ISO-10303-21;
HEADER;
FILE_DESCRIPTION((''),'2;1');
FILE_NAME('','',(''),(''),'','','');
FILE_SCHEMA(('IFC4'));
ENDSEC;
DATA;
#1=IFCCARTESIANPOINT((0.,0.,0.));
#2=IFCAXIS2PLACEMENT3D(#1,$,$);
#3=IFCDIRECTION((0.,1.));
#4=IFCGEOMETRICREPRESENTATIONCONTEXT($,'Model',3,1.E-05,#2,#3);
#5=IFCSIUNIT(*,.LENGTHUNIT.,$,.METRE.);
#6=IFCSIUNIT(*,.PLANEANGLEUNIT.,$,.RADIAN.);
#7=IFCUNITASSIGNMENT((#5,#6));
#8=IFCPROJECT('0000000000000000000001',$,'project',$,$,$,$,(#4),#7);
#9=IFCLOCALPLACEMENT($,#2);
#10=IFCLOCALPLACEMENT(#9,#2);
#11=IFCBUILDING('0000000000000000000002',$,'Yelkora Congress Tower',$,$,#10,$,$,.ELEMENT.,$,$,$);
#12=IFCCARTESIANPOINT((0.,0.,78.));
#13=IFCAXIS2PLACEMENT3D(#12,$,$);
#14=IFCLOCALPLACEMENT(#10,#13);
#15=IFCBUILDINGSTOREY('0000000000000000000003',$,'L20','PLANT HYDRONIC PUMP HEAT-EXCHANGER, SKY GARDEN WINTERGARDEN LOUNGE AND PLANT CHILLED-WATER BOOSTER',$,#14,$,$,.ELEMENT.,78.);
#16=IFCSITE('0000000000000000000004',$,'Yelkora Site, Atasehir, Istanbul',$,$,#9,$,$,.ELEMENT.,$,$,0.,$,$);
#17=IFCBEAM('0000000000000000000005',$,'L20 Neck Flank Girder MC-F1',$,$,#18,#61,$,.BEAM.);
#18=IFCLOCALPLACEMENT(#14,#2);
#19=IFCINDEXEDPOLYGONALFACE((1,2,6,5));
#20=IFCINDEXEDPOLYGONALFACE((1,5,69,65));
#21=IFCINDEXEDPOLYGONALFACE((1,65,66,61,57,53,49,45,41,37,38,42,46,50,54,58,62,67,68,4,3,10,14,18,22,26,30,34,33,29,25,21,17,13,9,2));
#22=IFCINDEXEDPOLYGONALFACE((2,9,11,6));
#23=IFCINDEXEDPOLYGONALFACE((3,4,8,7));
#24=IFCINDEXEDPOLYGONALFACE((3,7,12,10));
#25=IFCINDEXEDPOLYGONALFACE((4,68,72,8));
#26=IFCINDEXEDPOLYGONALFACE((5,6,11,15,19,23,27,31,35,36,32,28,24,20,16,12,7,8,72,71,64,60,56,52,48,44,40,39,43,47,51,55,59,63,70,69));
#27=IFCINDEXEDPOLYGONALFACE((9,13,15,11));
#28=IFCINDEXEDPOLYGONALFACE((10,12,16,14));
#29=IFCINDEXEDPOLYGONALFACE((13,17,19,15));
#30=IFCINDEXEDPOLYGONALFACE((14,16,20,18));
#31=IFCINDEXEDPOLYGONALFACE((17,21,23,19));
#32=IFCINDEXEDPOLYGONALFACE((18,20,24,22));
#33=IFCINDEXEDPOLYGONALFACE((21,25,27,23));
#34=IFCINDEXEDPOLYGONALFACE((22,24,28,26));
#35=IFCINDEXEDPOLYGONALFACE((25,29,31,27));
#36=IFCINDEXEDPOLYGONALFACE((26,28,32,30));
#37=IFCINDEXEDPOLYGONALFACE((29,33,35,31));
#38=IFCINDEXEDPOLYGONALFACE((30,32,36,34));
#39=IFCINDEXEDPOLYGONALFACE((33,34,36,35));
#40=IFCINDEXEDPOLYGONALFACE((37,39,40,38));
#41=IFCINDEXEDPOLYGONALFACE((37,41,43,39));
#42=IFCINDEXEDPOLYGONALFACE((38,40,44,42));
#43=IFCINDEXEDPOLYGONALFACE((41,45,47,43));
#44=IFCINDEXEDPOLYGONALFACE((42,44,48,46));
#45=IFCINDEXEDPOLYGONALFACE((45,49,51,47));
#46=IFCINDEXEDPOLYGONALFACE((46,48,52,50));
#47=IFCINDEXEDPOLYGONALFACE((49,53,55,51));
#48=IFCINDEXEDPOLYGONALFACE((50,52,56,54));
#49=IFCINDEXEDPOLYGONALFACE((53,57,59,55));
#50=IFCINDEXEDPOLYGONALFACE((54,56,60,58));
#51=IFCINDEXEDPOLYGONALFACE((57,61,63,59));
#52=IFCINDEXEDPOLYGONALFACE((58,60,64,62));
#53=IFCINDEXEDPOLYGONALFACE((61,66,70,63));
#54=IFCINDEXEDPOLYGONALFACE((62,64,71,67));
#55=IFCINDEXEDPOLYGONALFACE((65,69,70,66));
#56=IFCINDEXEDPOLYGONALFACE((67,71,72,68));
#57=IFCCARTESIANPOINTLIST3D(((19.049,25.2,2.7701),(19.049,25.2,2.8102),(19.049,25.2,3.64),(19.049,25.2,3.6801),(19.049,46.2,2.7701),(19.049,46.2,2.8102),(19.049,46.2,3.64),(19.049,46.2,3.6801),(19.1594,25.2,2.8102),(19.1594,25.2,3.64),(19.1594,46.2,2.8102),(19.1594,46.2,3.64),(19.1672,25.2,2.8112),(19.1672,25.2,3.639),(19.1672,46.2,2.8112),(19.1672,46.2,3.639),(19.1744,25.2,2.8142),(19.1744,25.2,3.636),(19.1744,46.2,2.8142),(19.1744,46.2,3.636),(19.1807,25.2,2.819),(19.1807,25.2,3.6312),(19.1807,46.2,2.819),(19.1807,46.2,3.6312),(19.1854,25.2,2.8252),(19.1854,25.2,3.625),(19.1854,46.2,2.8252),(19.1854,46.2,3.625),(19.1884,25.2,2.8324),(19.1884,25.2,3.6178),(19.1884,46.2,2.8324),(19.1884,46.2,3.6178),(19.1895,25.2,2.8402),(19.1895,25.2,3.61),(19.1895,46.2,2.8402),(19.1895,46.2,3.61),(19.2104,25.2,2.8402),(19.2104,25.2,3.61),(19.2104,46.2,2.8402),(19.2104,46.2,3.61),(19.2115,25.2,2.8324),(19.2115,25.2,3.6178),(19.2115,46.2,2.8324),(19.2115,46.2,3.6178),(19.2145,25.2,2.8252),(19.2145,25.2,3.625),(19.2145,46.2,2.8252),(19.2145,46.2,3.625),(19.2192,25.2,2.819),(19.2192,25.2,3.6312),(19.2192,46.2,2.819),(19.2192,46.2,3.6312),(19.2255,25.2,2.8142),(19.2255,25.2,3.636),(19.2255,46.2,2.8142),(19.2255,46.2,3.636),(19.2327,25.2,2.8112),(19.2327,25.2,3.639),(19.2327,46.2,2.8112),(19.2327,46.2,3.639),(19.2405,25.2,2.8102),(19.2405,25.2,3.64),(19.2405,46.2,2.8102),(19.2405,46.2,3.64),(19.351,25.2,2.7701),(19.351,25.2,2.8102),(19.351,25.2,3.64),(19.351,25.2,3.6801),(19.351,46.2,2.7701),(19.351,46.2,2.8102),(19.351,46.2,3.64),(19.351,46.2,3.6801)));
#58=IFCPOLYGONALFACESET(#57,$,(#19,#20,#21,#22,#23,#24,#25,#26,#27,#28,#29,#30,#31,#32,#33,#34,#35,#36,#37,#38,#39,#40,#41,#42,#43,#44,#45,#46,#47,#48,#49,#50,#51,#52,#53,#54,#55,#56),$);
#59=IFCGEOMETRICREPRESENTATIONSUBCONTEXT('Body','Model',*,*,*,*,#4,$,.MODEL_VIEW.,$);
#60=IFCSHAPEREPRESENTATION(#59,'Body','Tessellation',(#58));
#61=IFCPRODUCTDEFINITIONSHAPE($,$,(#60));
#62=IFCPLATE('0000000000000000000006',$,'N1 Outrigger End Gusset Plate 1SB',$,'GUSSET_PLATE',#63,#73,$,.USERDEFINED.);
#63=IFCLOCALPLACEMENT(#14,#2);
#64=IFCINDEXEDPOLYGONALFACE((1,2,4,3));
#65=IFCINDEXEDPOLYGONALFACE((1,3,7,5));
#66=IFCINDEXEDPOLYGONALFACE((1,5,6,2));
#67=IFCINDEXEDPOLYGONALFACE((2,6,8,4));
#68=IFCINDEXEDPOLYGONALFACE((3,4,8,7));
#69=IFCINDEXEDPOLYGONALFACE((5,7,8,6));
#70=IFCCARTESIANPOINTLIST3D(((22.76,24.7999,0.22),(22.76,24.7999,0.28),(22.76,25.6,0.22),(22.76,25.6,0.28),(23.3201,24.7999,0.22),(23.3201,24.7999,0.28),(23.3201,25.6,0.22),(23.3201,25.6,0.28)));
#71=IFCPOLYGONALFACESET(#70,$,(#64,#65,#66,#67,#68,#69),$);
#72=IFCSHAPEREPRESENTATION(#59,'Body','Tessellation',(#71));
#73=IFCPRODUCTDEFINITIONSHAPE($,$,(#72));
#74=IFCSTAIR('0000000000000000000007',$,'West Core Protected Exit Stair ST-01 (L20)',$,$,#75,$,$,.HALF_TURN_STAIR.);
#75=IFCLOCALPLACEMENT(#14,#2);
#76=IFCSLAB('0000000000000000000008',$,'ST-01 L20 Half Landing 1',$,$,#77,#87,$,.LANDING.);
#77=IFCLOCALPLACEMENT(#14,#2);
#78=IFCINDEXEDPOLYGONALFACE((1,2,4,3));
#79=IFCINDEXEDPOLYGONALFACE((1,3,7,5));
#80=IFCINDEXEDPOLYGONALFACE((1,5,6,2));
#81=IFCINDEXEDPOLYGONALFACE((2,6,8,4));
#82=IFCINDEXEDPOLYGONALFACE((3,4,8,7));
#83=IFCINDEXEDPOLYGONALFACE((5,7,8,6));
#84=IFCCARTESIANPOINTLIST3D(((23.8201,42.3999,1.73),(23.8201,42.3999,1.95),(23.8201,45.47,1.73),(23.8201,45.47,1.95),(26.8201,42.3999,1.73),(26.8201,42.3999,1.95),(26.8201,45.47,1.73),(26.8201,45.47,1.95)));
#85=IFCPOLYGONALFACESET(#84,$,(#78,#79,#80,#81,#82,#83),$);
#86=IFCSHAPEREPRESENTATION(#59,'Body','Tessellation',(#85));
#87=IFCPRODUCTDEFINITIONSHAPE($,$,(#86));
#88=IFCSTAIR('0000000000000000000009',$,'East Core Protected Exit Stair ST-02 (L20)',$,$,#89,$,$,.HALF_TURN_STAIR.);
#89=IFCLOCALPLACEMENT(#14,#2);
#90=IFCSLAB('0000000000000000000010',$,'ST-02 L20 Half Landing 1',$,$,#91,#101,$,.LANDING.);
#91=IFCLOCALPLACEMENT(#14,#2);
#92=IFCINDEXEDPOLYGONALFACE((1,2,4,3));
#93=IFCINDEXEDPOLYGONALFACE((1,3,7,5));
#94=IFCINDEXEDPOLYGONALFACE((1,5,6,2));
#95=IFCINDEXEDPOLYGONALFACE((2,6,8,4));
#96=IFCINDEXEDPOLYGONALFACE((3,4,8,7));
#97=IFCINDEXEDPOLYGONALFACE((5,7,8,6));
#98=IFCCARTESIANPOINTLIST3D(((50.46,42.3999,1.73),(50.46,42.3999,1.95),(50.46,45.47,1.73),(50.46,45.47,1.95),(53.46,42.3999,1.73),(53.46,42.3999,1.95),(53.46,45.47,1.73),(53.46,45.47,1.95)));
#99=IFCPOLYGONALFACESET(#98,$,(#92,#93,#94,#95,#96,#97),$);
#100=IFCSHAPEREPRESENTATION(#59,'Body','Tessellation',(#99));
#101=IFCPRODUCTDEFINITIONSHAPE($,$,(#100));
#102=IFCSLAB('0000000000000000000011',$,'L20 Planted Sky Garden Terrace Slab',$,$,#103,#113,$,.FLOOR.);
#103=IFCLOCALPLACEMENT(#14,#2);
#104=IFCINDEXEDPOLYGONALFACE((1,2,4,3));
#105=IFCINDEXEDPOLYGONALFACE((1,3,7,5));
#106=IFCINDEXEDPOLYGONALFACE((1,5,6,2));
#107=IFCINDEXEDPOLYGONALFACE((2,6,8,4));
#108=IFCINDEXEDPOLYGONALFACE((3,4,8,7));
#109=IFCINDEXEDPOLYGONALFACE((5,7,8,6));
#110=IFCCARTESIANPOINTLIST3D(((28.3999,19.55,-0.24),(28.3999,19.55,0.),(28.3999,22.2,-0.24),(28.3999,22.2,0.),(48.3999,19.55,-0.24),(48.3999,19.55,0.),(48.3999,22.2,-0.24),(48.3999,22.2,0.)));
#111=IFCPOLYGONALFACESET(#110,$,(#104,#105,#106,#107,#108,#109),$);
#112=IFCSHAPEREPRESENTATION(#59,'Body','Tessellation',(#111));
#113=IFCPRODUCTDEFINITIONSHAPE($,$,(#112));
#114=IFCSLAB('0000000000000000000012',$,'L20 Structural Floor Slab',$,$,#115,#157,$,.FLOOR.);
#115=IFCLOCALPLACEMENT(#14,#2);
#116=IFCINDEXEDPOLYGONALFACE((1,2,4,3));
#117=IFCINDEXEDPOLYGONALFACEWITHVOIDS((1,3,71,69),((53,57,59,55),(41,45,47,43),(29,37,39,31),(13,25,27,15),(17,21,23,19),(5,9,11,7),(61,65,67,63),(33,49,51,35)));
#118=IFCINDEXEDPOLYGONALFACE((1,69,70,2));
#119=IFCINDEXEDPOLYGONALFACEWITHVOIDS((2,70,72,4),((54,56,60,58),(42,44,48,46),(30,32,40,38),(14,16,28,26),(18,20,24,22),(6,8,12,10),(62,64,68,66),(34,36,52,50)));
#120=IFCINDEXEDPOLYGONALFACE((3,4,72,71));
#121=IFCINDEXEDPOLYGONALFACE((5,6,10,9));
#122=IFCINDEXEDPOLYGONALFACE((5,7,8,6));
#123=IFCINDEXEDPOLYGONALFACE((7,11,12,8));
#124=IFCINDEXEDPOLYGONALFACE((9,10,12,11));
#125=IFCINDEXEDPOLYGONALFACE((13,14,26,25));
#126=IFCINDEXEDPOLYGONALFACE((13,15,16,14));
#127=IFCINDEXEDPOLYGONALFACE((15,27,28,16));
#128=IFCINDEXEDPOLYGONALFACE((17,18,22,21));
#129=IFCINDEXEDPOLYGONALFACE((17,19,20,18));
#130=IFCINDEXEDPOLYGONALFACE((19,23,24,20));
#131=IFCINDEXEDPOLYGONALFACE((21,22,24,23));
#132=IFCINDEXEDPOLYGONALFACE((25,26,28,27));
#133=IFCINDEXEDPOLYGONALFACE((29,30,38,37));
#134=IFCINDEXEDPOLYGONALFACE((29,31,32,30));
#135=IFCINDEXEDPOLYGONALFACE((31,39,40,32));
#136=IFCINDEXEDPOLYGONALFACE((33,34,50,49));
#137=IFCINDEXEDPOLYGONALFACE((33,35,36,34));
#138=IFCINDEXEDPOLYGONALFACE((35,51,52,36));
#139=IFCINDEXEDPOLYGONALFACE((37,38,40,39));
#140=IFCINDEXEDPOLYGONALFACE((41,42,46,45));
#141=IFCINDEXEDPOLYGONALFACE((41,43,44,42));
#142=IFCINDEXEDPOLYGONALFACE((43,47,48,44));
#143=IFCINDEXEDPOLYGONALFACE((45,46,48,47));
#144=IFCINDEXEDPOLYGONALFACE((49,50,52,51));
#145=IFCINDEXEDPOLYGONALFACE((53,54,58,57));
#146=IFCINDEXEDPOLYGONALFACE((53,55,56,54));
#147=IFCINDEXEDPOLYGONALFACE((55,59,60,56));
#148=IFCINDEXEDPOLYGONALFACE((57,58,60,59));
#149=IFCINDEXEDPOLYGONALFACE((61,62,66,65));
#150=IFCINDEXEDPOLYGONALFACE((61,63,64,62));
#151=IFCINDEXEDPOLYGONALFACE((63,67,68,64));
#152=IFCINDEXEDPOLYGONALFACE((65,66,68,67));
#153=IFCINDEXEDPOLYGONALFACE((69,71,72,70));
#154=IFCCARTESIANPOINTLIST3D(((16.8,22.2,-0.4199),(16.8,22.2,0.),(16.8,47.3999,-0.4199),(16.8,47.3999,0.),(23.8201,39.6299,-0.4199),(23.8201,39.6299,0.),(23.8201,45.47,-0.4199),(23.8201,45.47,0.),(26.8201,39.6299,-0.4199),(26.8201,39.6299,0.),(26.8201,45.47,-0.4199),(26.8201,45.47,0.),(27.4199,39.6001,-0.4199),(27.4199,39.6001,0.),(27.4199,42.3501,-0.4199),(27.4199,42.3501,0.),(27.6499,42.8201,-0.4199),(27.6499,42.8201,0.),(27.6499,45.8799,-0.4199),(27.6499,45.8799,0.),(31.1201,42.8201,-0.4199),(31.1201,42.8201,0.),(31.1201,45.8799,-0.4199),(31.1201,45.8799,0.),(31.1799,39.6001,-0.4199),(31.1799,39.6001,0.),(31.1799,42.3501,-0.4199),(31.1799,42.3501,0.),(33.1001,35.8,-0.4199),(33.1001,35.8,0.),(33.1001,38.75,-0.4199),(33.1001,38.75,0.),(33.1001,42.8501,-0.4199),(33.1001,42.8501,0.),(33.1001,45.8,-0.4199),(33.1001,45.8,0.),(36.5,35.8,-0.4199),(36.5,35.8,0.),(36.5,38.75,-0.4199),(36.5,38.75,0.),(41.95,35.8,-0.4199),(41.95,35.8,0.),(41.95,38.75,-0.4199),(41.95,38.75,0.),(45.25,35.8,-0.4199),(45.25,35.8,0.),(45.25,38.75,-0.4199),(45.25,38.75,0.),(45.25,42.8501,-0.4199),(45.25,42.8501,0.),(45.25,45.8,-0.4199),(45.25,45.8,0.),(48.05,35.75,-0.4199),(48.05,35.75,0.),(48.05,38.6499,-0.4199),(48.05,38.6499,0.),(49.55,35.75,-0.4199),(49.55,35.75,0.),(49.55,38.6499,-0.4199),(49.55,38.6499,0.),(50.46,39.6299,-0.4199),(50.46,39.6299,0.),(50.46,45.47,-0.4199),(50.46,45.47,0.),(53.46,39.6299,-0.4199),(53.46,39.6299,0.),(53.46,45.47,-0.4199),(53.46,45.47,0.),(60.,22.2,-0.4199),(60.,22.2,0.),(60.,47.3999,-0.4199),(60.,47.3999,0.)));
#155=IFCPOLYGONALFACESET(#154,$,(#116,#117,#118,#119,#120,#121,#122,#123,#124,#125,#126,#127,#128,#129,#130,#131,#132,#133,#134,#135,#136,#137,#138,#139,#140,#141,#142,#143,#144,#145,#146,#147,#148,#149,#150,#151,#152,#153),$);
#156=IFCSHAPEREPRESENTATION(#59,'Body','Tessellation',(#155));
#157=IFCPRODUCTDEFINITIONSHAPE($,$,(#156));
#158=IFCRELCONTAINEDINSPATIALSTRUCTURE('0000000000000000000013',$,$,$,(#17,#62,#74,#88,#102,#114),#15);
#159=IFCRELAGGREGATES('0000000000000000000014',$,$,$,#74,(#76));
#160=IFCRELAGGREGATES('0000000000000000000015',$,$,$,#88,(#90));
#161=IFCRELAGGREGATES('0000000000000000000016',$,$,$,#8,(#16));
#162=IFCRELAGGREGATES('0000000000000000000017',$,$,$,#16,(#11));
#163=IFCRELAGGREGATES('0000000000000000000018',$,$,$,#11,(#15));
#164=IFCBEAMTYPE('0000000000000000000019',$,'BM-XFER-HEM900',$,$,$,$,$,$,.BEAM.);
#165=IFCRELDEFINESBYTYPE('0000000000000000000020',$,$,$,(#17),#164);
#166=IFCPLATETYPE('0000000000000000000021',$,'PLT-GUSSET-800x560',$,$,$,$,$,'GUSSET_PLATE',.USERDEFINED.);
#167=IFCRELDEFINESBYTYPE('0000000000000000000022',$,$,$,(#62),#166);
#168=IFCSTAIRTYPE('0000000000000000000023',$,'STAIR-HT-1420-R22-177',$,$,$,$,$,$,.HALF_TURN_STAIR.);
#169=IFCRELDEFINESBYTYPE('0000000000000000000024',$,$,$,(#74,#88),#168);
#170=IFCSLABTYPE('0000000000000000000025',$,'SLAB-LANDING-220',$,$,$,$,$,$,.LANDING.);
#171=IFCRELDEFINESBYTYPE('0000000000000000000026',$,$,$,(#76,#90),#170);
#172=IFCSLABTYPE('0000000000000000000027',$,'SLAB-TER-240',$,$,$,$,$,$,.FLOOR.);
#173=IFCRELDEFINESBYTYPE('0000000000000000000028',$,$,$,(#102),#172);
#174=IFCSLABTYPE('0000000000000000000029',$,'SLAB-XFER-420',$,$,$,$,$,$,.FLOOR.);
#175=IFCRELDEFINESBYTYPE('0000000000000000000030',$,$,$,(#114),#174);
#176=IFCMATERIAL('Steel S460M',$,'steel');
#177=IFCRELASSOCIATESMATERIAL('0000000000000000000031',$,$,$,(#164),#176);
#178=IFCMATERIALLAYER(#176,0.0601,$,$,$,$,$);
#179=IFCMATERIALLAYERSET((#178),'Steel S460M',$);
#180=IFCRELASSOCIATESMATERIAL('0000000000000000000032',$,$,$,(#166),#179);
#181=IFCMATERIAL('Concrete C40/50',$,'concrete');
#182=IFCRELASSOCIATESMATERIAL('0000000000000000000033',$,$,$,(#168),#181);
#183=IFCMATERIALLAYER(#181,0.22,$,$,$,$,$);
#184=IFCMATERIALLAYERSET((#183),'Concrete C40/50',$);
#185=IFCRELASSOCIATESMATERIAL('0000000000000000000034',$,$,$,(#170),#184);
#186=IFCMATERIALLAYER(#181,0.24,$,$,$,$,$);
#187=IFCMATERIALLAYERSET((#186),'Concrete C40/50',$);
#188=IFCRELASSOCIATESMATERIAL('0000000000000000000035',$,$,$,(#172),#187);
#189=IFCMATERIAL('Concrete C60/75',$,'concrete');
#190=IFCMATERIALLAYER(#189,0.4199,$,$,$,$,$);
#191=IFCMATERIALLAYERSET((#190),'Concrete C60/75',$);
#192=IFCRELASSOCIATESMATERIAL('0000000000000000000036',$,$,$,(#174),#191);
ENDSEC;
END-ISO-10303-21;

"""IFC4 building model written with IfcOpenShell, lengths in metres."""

from ifc_helpers import new_model, si_unit, direction, frame, origin, origin_2d, place, context, subcontext, project, spatial, polyline, rectangle, i_section, outline, extrude, material, layer, layer_set, material_profile, profile_set, type_object, element, aggregate, save


model = new_model("IFC4")

# Units and contexts
model_context = context("Model", 3, precision=1e-05, world=origin(), true_north=direction((0.0, 1.0)))
body_context = subcontext(model_context, "Body", "Model", "MODEL_VIEW")
ifc_project = project(units=[si_unit("LENGTHUNIT", "METRE"), si_unit("PLANEANGLEUNIT", "RADIAN")], contexts=[model_context])

# Site, building, storey
site_placement = place(None, origin())
site = spatial("IfcSite", under=ifc_project, at=site_placement, Name="Yelkora Site, Atasehir, Istanbul", CompositionType="ELEMENT", RefElevation=0.0)
building_placement = place(site_placement, origin())
building = spatial("IfcBuilding", under=site, at=building_placement, Name="Yelkora Congress Tower", CompositionType="ELEMENT")
storey_placement = place(building_placement, frame((0.0, 0.0, 78.0)))
storey = spatial("IfcBuildingStorey", under=building, at=storey_placement, Name="L20", Description="PLANT HYDRONIC PUMP HEAT-EXCHANGER, SKY GARDEN WINTERGARDEN LOUNGE AND PLANT CHILLED-WATER BOOSTER", CompositionType="ELEMENT", Elevation=78.0)

# Shared definitions
ifc_material_1 = material(Name="Concrete C60/75", Category="concrete")

# Beam
ifc_material_2 = material(Name="Steel S460M", Category="steel")
ifc_material_profile_1 = material_profile(ifc_material_2, i_section(OverallWidth=0.302, OverallDepth=0.9099, WebThickness=0.021, FlangeThickness=0.04, FilletRadius=0.03, at=origin_2d()), Name="HEM 900")
ifc_profile_set_1 = profile_set([ifc_material_profile_1], Name="Steel S460M")
beam_type = type_object("IfcBeamType", Name="BM-XFER-HEM900", PredefinedType="BEAM", material=ifc_profile_set_1)
beam_1_placement = place(storey_placement, frame((19.2, 25.2, 3.2251), z_axis=(0.0, 1.0, 0.0), x_axis=(-1.0, 0.0, 0.0)))
element("IfcBeam", 1, at=beam_1_placement, inside=storey, type_object=beam_type, Name="L20 Neck Flank Girder MC-F1", PredefinedType="BEAM", context=body_context, shape_type="SweptSolid", body=[
    extrude(i_section(OverallWidth=0.302, OverallDepth=0.9099, WebThickness=0.021, FlangeThickness=0.04, FilletRadius=0.03, at=origin_2d()), origin(), (0.0, 0.0, 1.0), 21.0),
])

# Plate
ifc_layer_1 = layer(ifc_material_2, 0.0601)
ifc_layer_set_1 = layer_set([ifc_layer_1], Name="Steel S460M")
plate_type = type_object("IfcPlateType", Name="PLT-GUSSET-800x560", ElementType="GUSSET_PLATE", PredefinedType="USERDEFINED", material=ifc_layer_set_1)
plate_placement = place(storey_placement, frame((23.04, 25.2, 0.22), z_axis=(0.0, 0.0, 1.0), x_axis=(0.0, 1.0, 0.0)))
element("IfcPlate", 2, at=plate_placement, inside=storey, type_object=plate_type, Name="N1 Outrigger End Gusset Plate 1SB", ObjectType="GUSSET_PLATE", PredefinedType="USERDEFINED", context=body_context, shape_type="SweptSolid", body=[
    extrude(rectangle(XDim=0.8, YDim=0.5601, at=origin_2d()), origin(), (0.0, 0.0, 1.0), 0.0601),
])

# Stairs, slabs
ifc_material_3 = material(Name="Concrete C40/50", Category="concrete")
stair_type = type_object("IfcStairType", Name="STAIR-HT-1420-R22-177", PredefinedType="HALF_TURN_STAIR", material=ifc_material_3)
stair_1_placement = place(storey_placement, origin())
stair_1 = element("IfcStair", 3, at=stair_1_placement, inside=storey, type_object=stair_type, Name="West Core Protected Exit Stair ST-01 (L20)", PredefinedType="HALF_TURN_STAIR")
ifc_layer_2 = layer(ifc_material_3, 0.22)
ifc_layer_set_2 = layer_set([ifc_layer_2], Name="Concrete C40/50")
slab_type_1 = type_object("IfcSlabType", Name="SLAB-LANDING-220", PredefinedType="LANDING", material=ifc_layer_set_2)
slab_1_placement = place(storey_placement, frame((0.0, 0.0, 1.73)))
slab_1 = element("IfcSlab", 4, at=slab_1_placement, type_object=slab_type_1, Name="ST-01 L20 Half Landing 1", PredefinedType="LANDING", context=body_context, shape_type="SweptSolid", body=[
    extrude(outline(polyline([(26.8201, 42.3999), (26.8201, 45.47), (23.8201, 45.47), (23.8201, 42.3999), (26.8201, 42.3999)])), origin(), (0.0, 0.0, 1.0), 0.22),
])
aggregate(stair_1, [slab_1])
stair_2_placement = place(storey_placement, origin())
stair_2 = element("IfcStair", 5, at=stair_2_placement, inside=storey, type_object=stair_type, Name="East Core Protected Exit Stair ST-02 (L20)", PredefinedType="HALF_TURN_STAIR")
slab_2_placement = place(storey_placement, frame((0.0, 0.0, 1.73)))
slab_2 = element("IfcSlab", 6, at=slab_2_placement, type_object=slab_type_1, Name="ST-02 L20 Half Landing 1", PredefinedType="LANDING", context=body_context, shape_type="SweptSolid", body=[
    extrude(outline(polyline([(53.46, 42.3999), (53.46, 45.47), (50.46, 45.47), (50.46, 42.3999), (53.46, 42.3999)])), origin(), (0.0, 0.0, 1.0), 0.22),
])
aggregate(stair_2, [slab_2])

# Slabs
ifc_layer_3 = layer(ifc_material_3, 0.24)
ifc_layer_set_3 = layer_set([ifc_layer_3], Name="Concrete C40/50")
slab_type_2 = type_object("IfcSlabType", Name="SLAB-TER-240", PredefinedType="FLOOR", material=ifc_layer_set_3)
slab_3_placement = place(storey_placement, frame((0.0, 0.0, -0.24)))
element("IfcSlab", 7, at=slab_3_placement, inside=storey, type_object=slab_type_2, Name="L20 Planted Sky Garden Terrace Slab", PredefinedType="FLOOR", context=body_context, shape_type="SweptSolid", body=[
    extrude(outline(polyline([(28.3999, 19.55), (28.3999, 22.2), (48.3999, 22.2), (48.3999, 19.55), (28.3999, 19.55)])), origin(), (0.0, 0.0, 1.0), 0.24),
])
ifc_layer_4 = layer(ifc_material_1, 0.4199)
ifc_layer_set_4 = layer_set([ifc_layer_4], Name="Concrete C60/75")
slab_type_3 = type_object("IfcSlabType", Name="SLAB-XFER-420", PredefinedType="FLOOR", material=ifc_layer_set_4)
slab_4_placement = place(storey_placement, frame((0.0, 0.0, -0.4199)))
element("IfcSlab", 8, at=slab_4_placement, inside=storey, type_object=slab_type_3, Name="L20 Structural Floor Slab", PredefinedType="FLOOR", context=body_context, shape_type="SweptSolid", body=[
    extrude(outline(polyline([(16.8, 22.2), (60.0, 22.2), (60.0, 47.3999), (16.8, 47.3999), (16.8, 22.2)]), holes=[polyline([(23.8201, 39.6299), (26.8201, 39.6299), (26.8201, 45.47), (23.8201, 45.47), (23.8201, 39.6299)]), polyline([(50.46, 39.6299), (53.46, 39.6299), (53.46, 45.47), (50.46, 45.47), (50.46, 39.6299)]), polyline([(48.05, 35.75), (49.55, 35.75), (49.55, 38.6499), (48.05, 38.6499), (48.05, 35.75)]), polyline([(41.95, 35.8), (45.25, 35.8), (45.25, 38.75), (41.95, 38.75), (41.95, 35.8)]), polyline([(33.1001, 42.8501), (45.25, 42.8501), (45.25, 45.8), (33.1001, 45.8), (33.1001, 42.8501)]), polyline([(33.1001, 35.8), (36.5, 35.8), (36.5, 38.75), (33.1001, 38.75), (33.1001, 35.8)]), polyline([(27.4199, 39.6001), (31.1799, 39.6001), (31.1799, 42.3501), (27.4199, 42.3501), (27.4199, 39.6001)]), polyline([(27.6499, 42.8201), (31.1201, 42.8201), (31.1201, 45.8799), (27.6499, 45.8799), (27.6499, 42.8201)])]), origin(), (0.0, 0.0, 1.0), 0.4199),
])

save(model, "model.ifc")
